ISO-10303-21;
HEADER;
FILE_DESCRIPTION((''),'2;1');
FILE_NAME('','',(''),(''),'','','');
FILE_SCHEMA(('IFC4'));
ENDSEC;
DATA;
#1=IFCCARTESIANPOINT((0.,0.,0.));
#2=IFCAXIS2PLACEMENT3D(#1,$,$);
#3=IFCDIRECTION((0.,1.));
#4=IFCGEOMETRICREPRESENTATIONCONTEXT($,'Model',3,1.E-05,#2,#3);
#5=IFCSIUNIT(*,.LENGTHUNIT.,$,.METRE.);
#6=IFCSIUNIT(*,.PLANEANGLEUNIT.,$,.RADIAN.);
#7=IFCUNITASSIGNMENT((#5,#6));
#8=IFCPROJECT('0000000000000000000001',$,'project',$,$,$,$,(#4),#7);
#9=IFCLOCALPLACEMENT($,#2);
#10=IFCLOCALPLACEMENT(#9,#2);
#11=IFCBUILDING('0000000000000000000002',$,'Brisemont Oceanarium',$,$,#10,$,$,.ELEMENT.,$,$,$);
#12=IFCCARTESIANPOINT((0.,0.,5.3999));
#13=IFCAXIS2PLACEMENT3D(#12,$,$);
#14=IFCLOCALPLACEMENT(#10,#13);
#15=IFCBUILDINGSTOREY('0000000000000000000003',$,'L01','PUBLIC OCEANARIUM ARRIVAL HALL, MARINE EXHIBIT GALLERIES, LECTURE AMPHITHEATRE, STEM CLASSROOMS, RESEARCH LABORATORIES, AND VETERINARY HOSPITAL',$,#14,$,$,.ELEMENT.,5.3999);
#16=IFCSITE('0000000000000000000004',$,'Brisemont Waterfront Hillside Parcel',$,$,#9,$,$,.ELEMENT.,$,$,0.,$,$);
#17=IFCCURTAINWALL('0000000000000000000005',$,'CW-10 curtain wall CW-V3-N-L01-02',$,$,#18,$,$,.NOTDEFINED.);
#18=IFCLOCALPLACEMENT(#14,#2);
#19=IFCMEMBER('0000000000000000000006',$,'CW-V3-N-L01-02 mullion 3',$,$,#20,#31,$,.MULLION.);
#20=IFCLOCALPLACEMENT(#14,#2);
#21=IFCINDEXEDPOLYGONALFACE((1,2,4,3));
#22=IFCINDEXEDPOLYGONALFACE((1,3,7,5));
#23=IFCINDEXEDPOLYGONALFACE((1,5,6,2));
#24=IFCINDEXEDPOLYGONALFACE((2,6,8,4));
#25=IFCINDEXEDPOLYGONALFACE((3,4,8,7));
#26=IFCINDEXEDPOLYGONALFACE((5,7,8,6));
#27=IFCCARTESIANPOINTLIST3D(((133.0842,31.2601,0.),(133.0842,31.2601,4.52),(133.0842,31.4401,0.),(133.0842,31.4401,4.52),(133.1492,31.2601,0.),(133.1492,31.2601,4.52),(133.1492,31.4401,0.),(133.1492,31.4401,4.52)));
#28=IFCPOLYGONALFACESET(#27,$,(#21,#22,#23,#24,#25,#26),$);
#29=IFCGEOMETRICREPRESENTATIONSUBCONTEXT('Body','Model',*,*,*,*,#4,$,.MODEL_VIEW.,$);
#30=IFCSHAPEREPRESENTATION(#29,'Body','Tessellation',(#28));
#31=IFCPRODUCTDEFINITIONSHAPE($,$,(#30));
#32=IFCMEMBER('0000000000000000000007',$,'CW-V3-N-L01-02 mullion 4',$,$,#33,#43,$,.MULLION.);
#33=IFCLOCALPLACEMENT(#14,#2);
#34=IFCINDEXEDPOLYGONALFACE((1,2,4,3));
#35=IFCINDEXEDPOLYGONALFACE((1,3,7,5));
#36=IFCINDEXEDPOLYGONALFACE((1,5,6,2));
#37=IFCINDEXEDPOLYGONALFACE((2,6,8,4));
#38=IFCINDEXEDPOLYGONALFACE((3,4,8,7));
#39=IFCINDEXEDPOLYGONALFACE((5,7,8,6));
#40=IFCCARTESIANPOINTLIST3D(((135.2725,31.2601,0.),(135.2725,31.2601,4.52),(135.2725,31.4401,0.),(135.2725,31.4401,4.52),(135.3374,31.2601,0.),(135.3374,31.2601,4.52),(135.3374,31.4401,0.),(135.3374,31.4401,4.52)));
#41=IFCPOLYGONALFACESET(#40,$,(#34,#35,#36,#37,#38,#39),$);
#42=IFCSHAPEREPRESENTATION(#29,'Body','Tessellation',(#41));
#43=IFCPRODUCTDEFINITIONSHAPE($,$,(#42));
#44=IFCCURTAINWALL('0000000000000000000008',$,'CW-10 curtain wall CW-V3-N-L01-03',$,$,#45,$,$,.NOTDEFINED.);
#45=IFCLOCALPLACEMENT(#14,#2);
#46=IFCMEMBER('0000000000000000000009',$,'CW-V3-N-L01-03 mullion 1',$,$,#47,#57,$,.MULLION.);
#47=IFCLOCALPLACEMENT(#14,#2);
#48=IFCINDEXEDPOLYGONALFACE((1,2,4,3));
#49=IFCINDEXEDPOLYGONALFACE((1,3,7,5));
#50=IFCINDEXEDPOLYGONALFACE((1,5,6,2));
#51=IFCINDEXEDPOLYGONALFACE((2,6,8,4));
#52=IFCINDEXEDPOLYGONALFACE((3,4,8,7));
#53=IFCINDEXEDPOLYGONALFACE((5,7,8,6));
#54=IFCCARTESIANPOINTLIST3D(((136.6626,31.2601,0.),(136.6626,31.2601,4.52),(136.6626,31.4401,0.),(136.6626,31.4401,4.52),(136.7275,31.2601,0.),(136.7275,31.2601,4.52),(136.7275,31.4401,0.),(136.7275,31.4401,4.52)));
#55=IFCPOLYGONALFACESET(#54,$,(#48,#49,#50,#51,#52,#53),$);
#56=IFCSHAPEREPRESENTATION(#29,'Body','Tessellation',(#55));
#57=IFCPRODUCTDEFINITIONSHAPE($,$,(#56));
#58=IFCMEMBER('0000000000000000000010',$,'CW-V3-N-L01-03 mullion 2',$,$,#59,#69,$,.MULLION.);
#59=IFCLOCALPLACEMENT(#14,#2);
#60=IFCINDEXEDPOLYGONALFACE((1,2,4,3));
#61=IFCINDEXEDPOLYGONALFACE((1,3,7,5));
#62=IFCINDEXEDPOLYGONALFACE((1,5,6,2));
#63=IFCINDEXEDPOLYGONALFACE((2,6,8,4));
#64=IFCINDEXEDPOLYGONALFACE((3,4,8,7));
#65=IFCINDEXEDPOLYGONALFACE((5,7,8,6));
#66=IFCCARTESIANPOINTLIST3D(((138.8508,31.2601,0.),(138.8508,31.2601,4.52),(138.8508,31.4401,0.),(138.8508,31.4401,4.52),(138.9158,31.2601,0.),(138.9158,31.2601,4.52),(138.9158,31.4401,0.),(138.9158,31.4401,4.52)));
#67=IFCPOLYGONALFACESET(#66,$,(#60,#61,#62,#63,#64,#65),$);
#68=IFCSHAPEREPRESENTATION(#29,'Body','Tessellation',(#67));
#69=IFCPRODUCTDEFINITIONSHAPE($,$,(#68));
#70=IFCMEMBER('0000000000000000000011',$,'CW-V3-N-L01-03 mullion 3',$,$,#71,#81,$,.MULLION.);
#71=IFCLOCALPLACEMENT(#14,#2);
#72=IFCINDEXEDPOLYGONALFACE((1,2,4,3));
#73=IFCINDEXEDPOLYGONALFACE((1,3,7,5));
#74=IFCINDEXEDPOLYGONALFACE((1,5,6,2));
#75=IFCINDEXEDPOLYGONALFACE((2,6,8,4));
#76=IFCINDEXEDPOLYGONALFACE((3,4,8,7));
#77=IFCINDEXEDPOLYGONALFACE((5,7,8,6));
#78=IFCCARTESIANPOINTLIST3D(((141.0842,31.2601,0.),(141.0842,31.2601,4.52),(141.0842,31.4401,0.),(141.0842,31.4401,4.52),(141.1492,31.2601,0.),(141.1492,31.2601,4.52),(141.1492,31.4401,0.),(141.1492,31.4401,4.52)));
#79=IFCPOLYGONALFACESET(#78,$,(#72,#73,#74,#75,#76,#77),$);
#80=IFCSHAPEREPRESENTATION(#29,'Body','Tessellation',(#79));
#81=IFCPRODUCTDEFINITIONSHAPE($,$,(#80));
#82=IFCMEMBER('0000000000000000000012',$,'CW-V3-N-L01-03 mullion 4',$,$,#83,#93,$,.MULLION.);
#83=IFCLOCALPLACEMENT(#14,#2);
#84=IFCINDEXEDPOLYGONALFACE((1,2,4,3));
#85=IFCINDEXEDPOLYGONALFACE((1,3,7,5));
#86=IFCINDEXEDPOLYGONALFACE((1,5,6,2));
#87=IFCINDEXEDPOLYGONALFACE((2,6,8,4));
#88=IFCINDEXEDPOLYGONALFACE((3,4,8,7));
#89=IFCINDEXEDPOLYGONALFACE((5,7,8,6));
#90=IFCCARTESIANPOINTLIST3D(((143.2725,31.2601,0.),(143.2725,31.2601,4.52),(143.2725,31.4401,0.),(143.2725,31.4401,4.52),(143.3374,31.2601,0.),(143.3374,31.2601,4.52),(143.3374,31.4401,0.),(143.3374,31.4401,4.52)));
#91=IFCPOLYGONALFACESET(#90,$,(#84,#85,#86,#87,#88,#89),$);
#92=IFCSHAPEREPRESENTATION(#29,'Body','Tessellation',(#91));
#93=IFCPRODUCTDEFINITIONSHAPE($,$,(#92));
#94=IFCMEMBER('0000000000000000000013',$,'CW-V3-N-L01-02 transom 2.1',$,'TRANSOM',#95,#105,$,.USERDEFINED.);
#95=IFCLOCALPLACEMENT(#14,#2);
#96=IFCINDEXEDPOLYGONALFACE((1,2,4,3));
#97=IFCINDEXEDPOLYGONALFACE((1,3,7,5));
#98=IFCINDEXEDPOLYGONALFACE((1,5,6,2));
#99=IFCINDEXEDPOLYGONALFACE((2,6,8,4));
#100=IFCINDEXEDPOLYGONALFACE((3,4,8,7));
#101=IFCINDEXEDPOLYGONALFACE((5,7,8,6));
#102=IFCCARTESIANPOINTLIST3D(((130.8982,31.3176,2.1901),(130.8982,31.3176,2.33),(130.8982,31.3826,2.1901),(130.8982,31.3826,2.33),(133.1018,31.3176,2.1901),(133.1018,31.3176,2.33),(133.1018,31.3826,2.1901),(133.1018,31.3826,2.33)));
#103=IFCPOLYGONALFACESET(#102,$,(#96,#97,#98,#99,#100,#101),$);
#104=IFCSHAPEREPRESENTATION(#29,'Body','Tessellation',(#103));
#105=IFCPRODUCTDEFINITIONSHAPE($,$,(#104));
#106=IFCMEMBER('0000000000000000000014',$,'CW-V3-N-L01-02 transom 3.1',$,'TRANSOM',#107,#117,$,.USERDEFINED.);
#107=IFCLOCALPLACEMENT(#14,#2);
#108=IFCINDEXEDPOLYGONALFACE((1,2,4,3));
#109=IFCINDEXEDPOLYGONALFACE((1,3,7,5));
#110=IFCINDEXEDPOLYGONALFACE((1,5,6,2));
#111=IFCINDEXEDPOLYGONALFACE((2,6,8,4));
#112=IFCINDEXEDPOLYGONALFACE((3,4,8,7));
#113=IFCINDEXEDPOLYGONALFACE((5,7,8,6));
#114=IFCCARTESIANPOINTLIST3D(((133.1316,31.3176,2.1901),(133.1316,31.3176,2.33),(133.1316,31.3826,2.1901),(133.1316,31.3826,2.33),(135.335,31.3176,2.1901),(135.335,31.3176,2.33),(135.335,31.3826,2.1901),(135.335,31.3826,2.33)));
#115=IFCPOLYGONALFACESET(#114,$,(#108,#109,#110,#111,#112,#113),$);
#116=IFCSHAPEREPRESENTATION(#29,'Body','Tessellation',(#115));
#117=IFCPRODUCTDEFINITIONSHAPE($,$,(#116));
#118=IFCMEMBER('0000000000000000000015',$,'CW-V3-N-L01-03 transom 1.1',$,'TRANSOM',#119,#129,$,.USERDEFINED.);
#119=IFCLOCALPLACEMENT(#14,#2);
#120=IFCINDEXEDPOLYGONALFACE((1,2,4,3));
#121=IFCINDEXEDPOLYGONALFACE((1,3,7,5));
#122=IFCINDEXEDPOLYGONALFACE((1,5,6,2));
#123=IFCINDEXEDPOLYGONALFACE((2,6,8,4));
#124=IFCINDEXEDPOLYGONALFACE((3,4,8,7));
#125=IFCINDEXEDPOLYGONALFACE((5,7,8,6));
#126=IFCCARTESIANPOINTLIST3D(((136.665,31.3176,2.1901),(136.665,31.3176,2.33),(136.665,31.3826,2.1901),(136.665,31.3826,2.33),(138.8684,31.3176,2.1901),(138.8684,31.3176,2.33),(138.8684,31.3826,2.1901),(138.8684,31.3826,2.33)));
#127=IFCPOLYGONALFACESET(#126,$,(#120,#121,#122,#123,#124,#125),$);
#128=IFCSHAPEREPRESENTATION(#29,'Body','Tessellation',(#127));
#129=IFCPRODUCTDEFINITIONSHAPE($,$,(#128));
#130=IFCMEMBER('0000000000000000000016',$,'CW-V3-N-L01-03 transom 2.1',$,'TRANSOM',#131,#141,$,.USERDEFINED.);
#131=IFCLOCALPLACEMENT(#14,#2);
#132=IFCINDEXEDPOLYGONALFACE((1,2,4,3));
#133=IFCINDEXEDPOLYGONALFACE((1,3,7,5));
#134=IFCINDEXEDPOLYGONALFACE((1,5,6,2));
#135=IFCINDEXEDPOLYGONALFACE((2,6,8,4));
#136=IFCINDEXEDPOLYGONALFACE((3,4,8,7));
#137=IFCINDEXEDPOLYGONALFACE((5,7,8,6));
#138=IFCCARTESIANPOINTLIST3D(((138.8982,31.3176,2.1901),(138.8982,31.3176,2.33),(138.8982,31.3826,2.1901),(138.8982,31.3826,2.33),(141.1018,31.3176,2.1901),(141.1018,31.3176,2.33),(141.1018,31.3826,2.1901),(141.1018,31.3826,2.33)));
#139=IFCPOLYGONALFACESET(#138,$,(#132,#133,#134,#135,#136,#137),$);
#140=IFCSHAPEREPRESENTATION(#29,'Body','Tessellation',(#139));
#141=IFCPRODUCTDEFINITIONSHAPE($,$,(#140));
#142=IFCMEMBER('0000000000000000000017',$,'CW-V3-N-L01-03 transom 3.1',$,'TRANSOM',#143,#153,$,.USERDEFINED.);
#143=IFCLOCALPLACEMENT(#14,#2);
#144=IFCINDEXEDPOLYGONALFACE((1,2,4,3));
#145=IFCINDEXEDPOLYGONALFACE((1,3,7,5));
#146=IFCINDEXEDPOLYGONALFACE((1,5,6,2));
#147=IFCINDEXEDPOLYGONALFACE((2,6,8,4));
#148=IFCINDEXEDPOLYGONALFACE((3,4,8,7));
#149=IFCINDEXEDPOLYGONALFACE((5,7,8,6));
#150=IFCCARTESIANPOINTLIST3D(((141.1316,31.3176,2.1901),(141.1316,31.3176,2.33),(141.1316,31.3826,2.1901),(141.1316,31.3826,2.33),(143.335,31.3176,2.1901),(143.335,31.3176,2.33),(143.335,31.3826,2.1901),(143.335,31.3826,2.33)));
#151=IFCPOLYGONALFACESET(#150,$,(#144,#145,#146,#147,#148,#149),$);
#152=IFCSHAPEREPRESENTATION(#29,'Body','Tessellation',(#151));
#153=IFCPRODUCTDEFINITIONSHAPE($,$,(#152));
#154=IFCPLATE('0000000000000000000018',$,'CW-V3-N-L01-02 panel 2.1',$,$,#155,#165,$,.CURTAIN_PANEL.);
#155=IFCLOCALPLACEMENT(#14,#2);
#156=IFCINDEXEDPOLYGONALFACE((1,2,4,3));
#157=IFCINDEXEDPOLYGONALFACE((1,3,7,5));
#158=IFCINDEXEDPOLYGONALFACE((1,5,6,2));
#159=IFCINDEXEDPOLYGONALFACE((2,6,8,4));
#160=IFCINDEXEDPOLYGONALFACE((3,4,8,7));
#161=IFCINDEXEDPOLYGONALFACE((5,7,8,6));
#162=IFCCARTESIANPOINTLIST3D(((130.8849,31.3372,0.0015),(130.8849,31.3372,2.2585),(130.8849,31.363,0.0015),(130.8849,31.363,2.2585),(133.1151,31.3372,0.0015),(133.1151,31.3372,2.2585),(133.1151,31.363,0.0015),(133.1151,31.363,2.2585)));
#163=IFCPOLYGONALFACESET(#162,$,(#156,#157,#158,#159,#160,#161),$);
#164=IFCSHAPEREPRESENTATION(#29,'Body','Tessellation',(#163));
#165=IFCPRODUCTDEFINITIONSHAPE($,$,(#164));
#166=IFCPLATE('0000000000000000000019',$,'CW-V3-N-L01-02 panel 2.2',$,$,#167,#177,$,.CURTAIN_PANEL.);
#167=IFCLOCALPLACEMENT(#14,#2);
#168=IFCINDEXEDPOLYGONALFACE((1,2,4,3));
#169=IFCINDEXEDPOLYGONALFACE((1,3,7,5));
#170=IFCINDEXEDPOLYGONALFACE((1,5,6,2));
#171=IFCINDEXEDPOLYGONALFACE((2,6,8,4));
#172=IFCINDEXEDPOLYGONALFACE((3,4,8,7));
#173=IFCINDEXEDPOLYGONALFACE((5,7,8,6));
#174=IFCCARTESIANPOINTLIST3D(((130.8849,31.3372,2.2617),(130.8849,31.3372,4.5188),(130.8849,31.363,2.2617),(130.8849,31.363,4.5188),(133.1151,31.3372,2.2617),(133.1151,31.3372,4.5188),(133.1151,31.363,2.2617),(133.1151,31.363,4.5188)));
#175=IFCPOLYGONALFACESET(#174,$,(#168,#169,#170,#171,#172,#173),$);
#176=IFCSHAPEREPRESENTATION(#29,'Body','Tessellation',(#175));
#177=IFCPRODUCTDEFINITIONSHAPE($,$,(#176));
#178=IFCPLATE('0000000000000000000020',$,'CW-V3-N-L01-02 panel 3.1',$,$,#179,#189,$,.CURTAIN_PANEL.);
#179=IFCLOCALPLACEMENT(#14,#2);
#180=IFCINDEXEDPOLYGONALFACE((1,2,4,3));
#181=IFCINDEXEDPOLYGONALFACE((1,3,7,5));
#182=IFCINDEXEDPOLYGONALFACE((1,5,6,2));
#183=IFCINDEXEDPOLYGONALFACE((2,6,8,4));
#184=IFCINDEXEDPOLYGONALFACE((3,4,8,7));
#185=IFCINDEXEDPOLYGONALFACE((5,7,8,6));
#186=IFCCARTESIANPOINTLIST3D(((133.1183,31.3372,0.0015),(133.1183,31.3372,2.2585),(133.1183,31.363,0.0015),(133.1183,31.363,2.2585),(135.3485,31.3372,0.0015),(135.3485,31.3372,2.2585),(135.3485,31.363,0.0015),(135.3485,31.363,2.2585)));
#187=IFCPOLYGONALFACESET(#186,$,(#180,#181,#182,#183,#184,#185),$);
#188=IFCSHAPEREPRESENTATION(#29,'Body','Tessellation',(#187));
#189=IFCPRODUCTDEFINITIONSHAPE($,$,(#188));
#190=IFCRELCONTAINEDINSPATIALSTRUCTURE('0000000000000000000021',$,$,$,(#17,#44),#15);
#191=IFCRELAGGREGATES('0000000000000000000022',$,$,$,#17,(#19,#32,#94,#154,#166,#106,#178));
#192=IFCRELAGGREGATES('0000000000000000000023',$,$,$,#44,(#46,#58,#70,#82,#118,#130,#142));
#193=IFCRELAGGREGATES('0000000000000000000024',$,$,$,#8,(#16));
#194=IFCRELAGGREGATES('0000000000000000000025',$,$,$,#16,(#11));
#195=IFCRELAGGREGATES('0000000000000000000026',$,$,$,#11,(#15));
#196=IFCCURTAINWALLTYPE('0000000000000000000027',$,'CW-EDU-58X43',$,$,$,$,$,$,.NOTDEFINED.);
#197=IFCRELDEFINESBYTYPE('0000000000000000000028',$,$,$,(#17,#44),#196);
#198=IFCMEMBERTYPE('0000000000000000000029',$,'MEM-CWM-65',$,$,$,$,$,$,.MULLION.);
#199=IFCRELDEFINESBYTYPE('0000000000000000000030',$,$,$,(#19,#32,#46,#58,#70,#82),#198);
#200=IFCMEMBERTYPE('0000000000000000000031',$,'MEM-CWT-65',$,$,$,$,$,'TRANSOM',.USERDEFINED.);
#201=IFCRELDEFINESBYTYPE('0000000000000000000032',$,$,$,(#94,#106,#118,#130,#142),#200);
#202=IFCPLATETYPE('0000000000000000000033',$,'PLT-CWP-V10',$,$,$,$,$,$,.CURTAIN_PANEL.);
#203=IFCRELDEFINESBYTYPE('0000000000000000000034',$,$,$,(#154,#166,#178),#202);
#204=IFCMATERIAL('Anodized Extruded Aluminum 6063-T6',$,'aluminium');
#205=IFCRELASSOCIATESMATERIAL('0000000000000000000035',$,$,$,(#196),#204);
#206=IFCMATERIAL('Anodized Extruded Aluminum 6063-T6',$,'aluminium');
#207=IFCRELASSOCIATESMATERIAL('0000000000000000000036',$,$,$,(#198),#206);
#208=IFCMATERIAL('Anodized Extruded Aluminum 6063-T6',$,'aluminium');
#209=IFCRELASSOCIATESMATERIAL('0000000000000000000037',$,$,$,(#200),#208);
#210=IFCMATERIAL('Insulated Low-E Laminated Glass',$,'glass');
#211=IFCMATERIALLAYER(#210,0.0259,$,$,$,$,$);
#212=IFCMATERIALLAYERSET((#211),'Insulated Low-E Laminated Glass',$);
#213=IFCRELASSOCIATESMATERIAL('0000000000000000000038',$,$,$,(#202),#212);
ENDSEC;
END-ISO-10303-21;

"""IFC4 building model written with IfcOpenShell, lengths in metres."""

from ifc_helpers import new_model, si_unit, direction, frame, origin, origin_2d, place, context, subcontext, project, spatial, rectangle, extrude, material, layer, layer_set, material_profile, profile_set, type_object, element, aggregate, save


model = new_model("IFC4")

# Units and contexts
model_context = context("Model", 3, precision=1e-05, world=origin(), true_north=direction((0.0, 1.0)))
body_context = subcontext(model_context, "Body", "Model", "MODEL_VIEW")
ifc_project = project(units=[si_unit("LENGTHUNIT", "METRE"), si_unit("PLANEANGLEUNIT", "RADIAN")], contexts=[model_context])

# Site, building, storey
site_placement = place(None, origin())
site = spatial("IfcSite", under=ifc_project, at=site_placement, Name="Brisemont Waterfront Hillside Parcel", CompositionType="ELEMENT", RefElevation=0.0)
building_placement = place(site_placement, origin())
building = spatial("IfcBuilding", under=site, at=building_placement, Name="Brisemont Oceanarium", CompositionType="ELEMENT")
storey_placement = place(building_placement, frame((0.0, 0.0, 5.3999)))
storey = spatial("IfcBuildingStorey", under=building, at=storey_placement, Name="L01", Description="PUBLIC OCEANARIUM ARRIVAL HALL, MARINE EXHIBIT GALLERIES, LECTURE AMPHITHEATRE, STEM CLASSROOMS, RESEARCH LABORATORIES, AND VETERINARY HOSPITAL", CompositionType="ELEMENT", Elevation=5.3999)

# Curtain walls, members
ifc_material_1 = material(Name="Anodized Extruded Aluminum 6063-T6", Category="aluminium")
curtain_wall_type = type_object("IfcCurtainWallType", Name="CW-EDU-58X43", PredefinedType="NOTDEFINED", material=ifc_material_1)
curtain_wall_1_placement = place(storey_placement, origin())
curtain_wall_1 = element("IfcCurtainWall", 1, at=curtain_wall_1_placement, inside=storey, type_object=curtain_wall_type, Name="CW-10 curtain wall CW-V3-N-L01-02", PredefinedType="NOTDEFINED")
ifc_material_2 = material(Name="Anodized Extruded Aluminum 6063-T6", Category="aluminium")
ifc_material_profile_1 = material_profile(ifc_material_2, rectangle(XDim=0.0649, YDim=0.1799, at=origin_2d()), Name="CWM-65X180")
ifc_profile_set_1 = profile_set([ifc_material_profile_1], Name="Anodized Extruded Aluminum 6063-T6")
member_type_1 = type_object("IfcMemberType", Name="MEM-CWM-65", PredefinedType="MULLION", material=ifc_profile_set_1)
member_1_placement = place(storey_placement, frame((133.1167, 31.3501, 0.0), z_axis=(0.0, 0.0, 1.0), x_axis=(1.0, 0.0, 0.0)))
member_1 = element("IfcMember", 2, at=member_1_placement, type_object=member_type_1, Name="CW-V3-N-L01-02 mullion 3", PredefinedType="MULLION", context=body_context, shape_type="SweptSolid", body=[
    extrude(rectangle(XDim=0.0649, YDim=0.1799, at=origin_2d()), origin(), (0.0, 0.0, 1.0), 4.52),
])
member_2_placement = place(storey_placement, frame((135.3049, 31.3501, 0.0), z_axis=(0.0, 0.0, 1.0), x_axis=(1.0, 0.0, 0.0)))
member_2 = element("IfcMember", 3, at=member_2_placement, type_object=member_type_1, Name="CW-V3-N-L01-02 mullion 4", PredefinedType="MULLION", context=body_context, shape_type="SweptSolid", body=[
    extrude(rectangle(XDim=0.0649, YDim=0.1799, at=origin_2d()), origin(), (0.0, 0.0, 1.0), 4.52),
])
curtain_wall_2_placement = place(storey_placement, origin())
curtain_wall_2 = element("IfcCurtainWall", 4, at=curtain_wall_2_placement, inside=storey, type_object=curtain_wall_type, Name="CW-10 curtain wall CW-V3-N-L01-03", PredefinedType="NOTDEFINED")
member_3_placement = place(storey_placement, frame((136.6951, 31.3501, 0.0), z_axis=(0.0, 0.0, 1.0), x_axis=(1.0, 0.0, 0.0)))
member_3 = element("IfcMember", 5, at=member_3_placement, type_object=member_type_1, Name="CW-V3-N-L01-03 mullion 1", PredefinedType="MULLION", context=body_context, shape_type="SweptSolid", body=[
    extrude(rectangle(XDim=0.0649, YDim=0.1799, at=origin_2d()), origin(), (0.0, 0.0, 1.0), 4.52),
])
member_4_placement = place(storey_placement, frame((138.8833, 31.3501, 0.0), z_axis=(0.0, 0.0, 1.0), x_axis=(1.0, 0.0, 0.0)))
member_4 = element("IfcMember", 6, at=member_4_placement, type_object=member_type_1, Name="CW-V3-N-L01-03 mullion 2", PredefinedType="MULLION", context=body_context, shape_type="SweptSolid", body=[
    extrude(rectangle(XDim=0.0649, YDim=0.1799, at=origin_2d()), origin(), (0.0, 0.0, 1.0), 4.52),
])
member_5_placement = place(storey_placement, frame((141.1167, 31.3501, 0.0), z_axis=(0.0, 0.0, 1.0), x_axis=(1.0, 0.0, 0.0)))
member_5 = element("IfcMember", 7, at=member_5_placement, type_object=member_type_1, Name="CW-V3-N-L01-03 mullion 3", PredefinedType="MULLION", context=body_context, shape_type="SweptSolid", body=[
    extrude(rectangle(XDim=0.0649, YDim=0.1799, at=origin_2d()), origin(), (0.0, 0.0, 1.0), 4.52),
])
member_6_placement = place(storey_placement, frame((143.3049, 31.3501, 0.0), z_axis=(0.0, 0.0, 1.0), x_axis=(1.0, 0.0, 0.0)))
member_6 = element("IfcMember", 8, at=member_6_placement, type_object=member_type_1, Name="CW-V3-N-L01-03 mullion 4", PredefinedType="MULLION", context=body_context, shape_type="SweptSolid", body=[
    extrude(rectangle(XDim=0.0649, YDim=0.1799, at=origin_2d()), origin(), (0.0, 0.0, 1.0), 4.52),
])

# Members
ifc_material_3 = material(Name="Anodized Extruded Aluminum 6063-T6", Category="aluminium")
ifc_material_profile_2 = material_profile(ifc_material_3, rectangle(XDim=0.0649, YDim=0.1399, at=origin_2d()), Name="CWT-65X140")
ifc_profile_set_2 = profile_set([ifc_material_profile_2], Name="Anodized Extruded Aluminum 6063-T6")
member_type_2 = type_object("IfcMemberType", Name="MEM-CWT-65", ElementType="TRANSOM", PredefinedType="USERDEFINED", material=ifc_profile_set_2)
member_7_placement = place(storey_placement, frame((130.8982, 31.3501, 2.26), z_axis=(1.0, 0.0, 0.0), x_axis=(0.0, 1.0, 0.0)))
member_7 = element("IfcMember", 9, at=member_7_placement, type_object=member_type_2, Name="CW-V3-N-L01-02 transom 2.1", ObjectType="TRANSOM", PredefinedType="USERDEFINED", context=body_context, shape_type="SweptSolid", body=[
    extrude(rectangle(XDim=0.0649, YDim=0.1399, at=origin_2d()), origin(), (0.0, 0.0, 1.0), 2.2036),
])
member_8_placement = place(storey_placement, frame((133.1316, 31.3501, 2.26), z_axis=(1.0, 0.0, 0.0), x_axis=(0.0, 1.0, 0.0)))
member_8 = element("IfcMember", 10, at=member_8_placement, type_object=member_type_2, Name="CW-V3-N-L01-02 transom 3.1", ObjectType="TRANSOM", PredefinedType="USERDEFINED", context=body_context, shape_type="SweptSolid", body=[
    extrude(rectangle(XDim=0.0649, YDim=0.1399, at=origin_2d()), origin(), (0.0, 0.0, 1.0), 2.2034),
])
member_9_placement = place(storey_placement, frame((136.665, 31.3501, 2.26), z_axis=(1.0, 0.0, 0.0), x_axis=(0.0, 1.0, 0.0)))
member_9 = element("IfcMember", 11, at=member_9_placement, type_object=member_type_2, Name="CW-V3-N-L01-03 transom 1.1", ObjectType="TRANSOM", PredefinedType="USERDEFINED", context=body_context, shape_type="SweptSolid", body=[
    extrude(rectangle(XDim=0.0649, YDim=0.1399, at=origin_2d()), origin(), (0.0, 0.0, 1.0), 2.2034),
])
member_10_placement = place(storey_placement, frame((138.8982, 31.3501, 2.26), z_axis=(1.0, 0.0, 0.0), x_axis=(0.0, 1.0, 0.0)))
member_10 = element("IfcMember", 12, at=member_10_placement, type_object=member_type_2, Name="CW-V3-N-L01-03 transom 2.1", ObjectType="TRANSOM", PredefinedType="USERDEFINED", context=body_context, shape_type="SweptSolid", body=[
    extrude(rectangle(XDim=0.0649, YDim=0.1399, at=origin_2d()), origin(), (0.0, 0.0, 1.0), 2.2036),
])
member_11_placement = place(storey_placement, frame((141.1316, 31.3501, 2.26), z_axis=(1.0, 0.0, 0.0), x_axis=(0.0, 1.0, 0.0)))
member_11 = element("IfcMember", 13, at=member_11_placement, type_object=member_type_2, Name="CW-V3-N-L01-03 transom 3.1", ObjectType="TRANSOM", PredefinedType="USERDEFINED", context=body_context, shape_type="SweptSolid", body=[
    extrude(rectangle(XDim=0.0649, YDim=0.1399, at=origin_2d()), origin(), (0.0, 0.0, 1.0), 2.2034),
])

# Plates
ifc_material_4 = material(Name="Insulated Low-E Laminated Glass", Category="glass")
ifc_layer = layer(ifc_material_4, 0.0259)
ifc_layer_set = layer_set([ifc_layer], Name="Insulated Low-E Laminated Glass")
plate_type = type_object("IfcPlateType", Name="PLT-CWP-V10", PredefinedType="CURTAIN_PANEL", material=ifc_layer_set)
plate_1_placement = place(storey_placement, frame((132.0, 31.3501, 0.0015), z_axis=(0.0, 0.0, 1.0), x_axis=(1.0, 0.0, 0.0)))
plate_1 = element("IfcPlate", 14, at=plate_1_placement, type_object=plate_type, Name="CW-V3-N-L01-02 panel 2.1", PredefinedType="CURTAIN_PANEL", context=body_context, shape_type="SweptSolid", body=[
    extrude(rectangle(XDim=2.2302, YDim=0.0259, at=origin_2d()), origin(), (0.0, 0.0, 1.0), 2.2571),
])
plate_2_placement = place(storey_placement, frame((132.0, 31.3501, 2.2617), z_axis=(0.0, 0.0, 1.0), x_axis=(1.0, 0.0, 0.0)))
plate_2 = element("IfcPlate", 15, at=plate_2_placement, type_object=plate_type, Name="CW-V3-N-L01-02 panel 2.2", PredefinedType="CURTAIN_PANEL", context=body_context, shape_type="SweptSolid", body=[
    extrude(rectangle(XDim=2.2302, YDim=0.0259, at=origin_2d()), origin(), (0.0, 0.0, 1.0), 2.2571),
])
plate_3_placement = place(storey_placement, frame((134.2334, 31.3501, 0.0015), z_axis=(0.0, 0.0, 1.0), x_axis=(1.0, 0.0, 0.0)))
plate_3 = element("IfcPlate", 16, at=plate_3_placement, type_object=plate_type, Name="CW-V3-N-L01-02 panel 3.1", PredefinedType="CURTAIN_PANEL", context=body_context, shape_type="SweptSolid", body=[
    extrude(rectangle(XDim=2.2302, YDim=0.0259, at=origin_2d()), origin(), (0.0, 0.0, 1.0), 2.2571),
])
aggregate(curtain_wall_1, [member_1, member_2, member_7, plate_1, plate_2, member_8, plate_3])
aggregate(curtain_wall_2, [member_3, member_4, member_5, member_6, member_9, member_10, member_11])

save(model, "model.ifc")
